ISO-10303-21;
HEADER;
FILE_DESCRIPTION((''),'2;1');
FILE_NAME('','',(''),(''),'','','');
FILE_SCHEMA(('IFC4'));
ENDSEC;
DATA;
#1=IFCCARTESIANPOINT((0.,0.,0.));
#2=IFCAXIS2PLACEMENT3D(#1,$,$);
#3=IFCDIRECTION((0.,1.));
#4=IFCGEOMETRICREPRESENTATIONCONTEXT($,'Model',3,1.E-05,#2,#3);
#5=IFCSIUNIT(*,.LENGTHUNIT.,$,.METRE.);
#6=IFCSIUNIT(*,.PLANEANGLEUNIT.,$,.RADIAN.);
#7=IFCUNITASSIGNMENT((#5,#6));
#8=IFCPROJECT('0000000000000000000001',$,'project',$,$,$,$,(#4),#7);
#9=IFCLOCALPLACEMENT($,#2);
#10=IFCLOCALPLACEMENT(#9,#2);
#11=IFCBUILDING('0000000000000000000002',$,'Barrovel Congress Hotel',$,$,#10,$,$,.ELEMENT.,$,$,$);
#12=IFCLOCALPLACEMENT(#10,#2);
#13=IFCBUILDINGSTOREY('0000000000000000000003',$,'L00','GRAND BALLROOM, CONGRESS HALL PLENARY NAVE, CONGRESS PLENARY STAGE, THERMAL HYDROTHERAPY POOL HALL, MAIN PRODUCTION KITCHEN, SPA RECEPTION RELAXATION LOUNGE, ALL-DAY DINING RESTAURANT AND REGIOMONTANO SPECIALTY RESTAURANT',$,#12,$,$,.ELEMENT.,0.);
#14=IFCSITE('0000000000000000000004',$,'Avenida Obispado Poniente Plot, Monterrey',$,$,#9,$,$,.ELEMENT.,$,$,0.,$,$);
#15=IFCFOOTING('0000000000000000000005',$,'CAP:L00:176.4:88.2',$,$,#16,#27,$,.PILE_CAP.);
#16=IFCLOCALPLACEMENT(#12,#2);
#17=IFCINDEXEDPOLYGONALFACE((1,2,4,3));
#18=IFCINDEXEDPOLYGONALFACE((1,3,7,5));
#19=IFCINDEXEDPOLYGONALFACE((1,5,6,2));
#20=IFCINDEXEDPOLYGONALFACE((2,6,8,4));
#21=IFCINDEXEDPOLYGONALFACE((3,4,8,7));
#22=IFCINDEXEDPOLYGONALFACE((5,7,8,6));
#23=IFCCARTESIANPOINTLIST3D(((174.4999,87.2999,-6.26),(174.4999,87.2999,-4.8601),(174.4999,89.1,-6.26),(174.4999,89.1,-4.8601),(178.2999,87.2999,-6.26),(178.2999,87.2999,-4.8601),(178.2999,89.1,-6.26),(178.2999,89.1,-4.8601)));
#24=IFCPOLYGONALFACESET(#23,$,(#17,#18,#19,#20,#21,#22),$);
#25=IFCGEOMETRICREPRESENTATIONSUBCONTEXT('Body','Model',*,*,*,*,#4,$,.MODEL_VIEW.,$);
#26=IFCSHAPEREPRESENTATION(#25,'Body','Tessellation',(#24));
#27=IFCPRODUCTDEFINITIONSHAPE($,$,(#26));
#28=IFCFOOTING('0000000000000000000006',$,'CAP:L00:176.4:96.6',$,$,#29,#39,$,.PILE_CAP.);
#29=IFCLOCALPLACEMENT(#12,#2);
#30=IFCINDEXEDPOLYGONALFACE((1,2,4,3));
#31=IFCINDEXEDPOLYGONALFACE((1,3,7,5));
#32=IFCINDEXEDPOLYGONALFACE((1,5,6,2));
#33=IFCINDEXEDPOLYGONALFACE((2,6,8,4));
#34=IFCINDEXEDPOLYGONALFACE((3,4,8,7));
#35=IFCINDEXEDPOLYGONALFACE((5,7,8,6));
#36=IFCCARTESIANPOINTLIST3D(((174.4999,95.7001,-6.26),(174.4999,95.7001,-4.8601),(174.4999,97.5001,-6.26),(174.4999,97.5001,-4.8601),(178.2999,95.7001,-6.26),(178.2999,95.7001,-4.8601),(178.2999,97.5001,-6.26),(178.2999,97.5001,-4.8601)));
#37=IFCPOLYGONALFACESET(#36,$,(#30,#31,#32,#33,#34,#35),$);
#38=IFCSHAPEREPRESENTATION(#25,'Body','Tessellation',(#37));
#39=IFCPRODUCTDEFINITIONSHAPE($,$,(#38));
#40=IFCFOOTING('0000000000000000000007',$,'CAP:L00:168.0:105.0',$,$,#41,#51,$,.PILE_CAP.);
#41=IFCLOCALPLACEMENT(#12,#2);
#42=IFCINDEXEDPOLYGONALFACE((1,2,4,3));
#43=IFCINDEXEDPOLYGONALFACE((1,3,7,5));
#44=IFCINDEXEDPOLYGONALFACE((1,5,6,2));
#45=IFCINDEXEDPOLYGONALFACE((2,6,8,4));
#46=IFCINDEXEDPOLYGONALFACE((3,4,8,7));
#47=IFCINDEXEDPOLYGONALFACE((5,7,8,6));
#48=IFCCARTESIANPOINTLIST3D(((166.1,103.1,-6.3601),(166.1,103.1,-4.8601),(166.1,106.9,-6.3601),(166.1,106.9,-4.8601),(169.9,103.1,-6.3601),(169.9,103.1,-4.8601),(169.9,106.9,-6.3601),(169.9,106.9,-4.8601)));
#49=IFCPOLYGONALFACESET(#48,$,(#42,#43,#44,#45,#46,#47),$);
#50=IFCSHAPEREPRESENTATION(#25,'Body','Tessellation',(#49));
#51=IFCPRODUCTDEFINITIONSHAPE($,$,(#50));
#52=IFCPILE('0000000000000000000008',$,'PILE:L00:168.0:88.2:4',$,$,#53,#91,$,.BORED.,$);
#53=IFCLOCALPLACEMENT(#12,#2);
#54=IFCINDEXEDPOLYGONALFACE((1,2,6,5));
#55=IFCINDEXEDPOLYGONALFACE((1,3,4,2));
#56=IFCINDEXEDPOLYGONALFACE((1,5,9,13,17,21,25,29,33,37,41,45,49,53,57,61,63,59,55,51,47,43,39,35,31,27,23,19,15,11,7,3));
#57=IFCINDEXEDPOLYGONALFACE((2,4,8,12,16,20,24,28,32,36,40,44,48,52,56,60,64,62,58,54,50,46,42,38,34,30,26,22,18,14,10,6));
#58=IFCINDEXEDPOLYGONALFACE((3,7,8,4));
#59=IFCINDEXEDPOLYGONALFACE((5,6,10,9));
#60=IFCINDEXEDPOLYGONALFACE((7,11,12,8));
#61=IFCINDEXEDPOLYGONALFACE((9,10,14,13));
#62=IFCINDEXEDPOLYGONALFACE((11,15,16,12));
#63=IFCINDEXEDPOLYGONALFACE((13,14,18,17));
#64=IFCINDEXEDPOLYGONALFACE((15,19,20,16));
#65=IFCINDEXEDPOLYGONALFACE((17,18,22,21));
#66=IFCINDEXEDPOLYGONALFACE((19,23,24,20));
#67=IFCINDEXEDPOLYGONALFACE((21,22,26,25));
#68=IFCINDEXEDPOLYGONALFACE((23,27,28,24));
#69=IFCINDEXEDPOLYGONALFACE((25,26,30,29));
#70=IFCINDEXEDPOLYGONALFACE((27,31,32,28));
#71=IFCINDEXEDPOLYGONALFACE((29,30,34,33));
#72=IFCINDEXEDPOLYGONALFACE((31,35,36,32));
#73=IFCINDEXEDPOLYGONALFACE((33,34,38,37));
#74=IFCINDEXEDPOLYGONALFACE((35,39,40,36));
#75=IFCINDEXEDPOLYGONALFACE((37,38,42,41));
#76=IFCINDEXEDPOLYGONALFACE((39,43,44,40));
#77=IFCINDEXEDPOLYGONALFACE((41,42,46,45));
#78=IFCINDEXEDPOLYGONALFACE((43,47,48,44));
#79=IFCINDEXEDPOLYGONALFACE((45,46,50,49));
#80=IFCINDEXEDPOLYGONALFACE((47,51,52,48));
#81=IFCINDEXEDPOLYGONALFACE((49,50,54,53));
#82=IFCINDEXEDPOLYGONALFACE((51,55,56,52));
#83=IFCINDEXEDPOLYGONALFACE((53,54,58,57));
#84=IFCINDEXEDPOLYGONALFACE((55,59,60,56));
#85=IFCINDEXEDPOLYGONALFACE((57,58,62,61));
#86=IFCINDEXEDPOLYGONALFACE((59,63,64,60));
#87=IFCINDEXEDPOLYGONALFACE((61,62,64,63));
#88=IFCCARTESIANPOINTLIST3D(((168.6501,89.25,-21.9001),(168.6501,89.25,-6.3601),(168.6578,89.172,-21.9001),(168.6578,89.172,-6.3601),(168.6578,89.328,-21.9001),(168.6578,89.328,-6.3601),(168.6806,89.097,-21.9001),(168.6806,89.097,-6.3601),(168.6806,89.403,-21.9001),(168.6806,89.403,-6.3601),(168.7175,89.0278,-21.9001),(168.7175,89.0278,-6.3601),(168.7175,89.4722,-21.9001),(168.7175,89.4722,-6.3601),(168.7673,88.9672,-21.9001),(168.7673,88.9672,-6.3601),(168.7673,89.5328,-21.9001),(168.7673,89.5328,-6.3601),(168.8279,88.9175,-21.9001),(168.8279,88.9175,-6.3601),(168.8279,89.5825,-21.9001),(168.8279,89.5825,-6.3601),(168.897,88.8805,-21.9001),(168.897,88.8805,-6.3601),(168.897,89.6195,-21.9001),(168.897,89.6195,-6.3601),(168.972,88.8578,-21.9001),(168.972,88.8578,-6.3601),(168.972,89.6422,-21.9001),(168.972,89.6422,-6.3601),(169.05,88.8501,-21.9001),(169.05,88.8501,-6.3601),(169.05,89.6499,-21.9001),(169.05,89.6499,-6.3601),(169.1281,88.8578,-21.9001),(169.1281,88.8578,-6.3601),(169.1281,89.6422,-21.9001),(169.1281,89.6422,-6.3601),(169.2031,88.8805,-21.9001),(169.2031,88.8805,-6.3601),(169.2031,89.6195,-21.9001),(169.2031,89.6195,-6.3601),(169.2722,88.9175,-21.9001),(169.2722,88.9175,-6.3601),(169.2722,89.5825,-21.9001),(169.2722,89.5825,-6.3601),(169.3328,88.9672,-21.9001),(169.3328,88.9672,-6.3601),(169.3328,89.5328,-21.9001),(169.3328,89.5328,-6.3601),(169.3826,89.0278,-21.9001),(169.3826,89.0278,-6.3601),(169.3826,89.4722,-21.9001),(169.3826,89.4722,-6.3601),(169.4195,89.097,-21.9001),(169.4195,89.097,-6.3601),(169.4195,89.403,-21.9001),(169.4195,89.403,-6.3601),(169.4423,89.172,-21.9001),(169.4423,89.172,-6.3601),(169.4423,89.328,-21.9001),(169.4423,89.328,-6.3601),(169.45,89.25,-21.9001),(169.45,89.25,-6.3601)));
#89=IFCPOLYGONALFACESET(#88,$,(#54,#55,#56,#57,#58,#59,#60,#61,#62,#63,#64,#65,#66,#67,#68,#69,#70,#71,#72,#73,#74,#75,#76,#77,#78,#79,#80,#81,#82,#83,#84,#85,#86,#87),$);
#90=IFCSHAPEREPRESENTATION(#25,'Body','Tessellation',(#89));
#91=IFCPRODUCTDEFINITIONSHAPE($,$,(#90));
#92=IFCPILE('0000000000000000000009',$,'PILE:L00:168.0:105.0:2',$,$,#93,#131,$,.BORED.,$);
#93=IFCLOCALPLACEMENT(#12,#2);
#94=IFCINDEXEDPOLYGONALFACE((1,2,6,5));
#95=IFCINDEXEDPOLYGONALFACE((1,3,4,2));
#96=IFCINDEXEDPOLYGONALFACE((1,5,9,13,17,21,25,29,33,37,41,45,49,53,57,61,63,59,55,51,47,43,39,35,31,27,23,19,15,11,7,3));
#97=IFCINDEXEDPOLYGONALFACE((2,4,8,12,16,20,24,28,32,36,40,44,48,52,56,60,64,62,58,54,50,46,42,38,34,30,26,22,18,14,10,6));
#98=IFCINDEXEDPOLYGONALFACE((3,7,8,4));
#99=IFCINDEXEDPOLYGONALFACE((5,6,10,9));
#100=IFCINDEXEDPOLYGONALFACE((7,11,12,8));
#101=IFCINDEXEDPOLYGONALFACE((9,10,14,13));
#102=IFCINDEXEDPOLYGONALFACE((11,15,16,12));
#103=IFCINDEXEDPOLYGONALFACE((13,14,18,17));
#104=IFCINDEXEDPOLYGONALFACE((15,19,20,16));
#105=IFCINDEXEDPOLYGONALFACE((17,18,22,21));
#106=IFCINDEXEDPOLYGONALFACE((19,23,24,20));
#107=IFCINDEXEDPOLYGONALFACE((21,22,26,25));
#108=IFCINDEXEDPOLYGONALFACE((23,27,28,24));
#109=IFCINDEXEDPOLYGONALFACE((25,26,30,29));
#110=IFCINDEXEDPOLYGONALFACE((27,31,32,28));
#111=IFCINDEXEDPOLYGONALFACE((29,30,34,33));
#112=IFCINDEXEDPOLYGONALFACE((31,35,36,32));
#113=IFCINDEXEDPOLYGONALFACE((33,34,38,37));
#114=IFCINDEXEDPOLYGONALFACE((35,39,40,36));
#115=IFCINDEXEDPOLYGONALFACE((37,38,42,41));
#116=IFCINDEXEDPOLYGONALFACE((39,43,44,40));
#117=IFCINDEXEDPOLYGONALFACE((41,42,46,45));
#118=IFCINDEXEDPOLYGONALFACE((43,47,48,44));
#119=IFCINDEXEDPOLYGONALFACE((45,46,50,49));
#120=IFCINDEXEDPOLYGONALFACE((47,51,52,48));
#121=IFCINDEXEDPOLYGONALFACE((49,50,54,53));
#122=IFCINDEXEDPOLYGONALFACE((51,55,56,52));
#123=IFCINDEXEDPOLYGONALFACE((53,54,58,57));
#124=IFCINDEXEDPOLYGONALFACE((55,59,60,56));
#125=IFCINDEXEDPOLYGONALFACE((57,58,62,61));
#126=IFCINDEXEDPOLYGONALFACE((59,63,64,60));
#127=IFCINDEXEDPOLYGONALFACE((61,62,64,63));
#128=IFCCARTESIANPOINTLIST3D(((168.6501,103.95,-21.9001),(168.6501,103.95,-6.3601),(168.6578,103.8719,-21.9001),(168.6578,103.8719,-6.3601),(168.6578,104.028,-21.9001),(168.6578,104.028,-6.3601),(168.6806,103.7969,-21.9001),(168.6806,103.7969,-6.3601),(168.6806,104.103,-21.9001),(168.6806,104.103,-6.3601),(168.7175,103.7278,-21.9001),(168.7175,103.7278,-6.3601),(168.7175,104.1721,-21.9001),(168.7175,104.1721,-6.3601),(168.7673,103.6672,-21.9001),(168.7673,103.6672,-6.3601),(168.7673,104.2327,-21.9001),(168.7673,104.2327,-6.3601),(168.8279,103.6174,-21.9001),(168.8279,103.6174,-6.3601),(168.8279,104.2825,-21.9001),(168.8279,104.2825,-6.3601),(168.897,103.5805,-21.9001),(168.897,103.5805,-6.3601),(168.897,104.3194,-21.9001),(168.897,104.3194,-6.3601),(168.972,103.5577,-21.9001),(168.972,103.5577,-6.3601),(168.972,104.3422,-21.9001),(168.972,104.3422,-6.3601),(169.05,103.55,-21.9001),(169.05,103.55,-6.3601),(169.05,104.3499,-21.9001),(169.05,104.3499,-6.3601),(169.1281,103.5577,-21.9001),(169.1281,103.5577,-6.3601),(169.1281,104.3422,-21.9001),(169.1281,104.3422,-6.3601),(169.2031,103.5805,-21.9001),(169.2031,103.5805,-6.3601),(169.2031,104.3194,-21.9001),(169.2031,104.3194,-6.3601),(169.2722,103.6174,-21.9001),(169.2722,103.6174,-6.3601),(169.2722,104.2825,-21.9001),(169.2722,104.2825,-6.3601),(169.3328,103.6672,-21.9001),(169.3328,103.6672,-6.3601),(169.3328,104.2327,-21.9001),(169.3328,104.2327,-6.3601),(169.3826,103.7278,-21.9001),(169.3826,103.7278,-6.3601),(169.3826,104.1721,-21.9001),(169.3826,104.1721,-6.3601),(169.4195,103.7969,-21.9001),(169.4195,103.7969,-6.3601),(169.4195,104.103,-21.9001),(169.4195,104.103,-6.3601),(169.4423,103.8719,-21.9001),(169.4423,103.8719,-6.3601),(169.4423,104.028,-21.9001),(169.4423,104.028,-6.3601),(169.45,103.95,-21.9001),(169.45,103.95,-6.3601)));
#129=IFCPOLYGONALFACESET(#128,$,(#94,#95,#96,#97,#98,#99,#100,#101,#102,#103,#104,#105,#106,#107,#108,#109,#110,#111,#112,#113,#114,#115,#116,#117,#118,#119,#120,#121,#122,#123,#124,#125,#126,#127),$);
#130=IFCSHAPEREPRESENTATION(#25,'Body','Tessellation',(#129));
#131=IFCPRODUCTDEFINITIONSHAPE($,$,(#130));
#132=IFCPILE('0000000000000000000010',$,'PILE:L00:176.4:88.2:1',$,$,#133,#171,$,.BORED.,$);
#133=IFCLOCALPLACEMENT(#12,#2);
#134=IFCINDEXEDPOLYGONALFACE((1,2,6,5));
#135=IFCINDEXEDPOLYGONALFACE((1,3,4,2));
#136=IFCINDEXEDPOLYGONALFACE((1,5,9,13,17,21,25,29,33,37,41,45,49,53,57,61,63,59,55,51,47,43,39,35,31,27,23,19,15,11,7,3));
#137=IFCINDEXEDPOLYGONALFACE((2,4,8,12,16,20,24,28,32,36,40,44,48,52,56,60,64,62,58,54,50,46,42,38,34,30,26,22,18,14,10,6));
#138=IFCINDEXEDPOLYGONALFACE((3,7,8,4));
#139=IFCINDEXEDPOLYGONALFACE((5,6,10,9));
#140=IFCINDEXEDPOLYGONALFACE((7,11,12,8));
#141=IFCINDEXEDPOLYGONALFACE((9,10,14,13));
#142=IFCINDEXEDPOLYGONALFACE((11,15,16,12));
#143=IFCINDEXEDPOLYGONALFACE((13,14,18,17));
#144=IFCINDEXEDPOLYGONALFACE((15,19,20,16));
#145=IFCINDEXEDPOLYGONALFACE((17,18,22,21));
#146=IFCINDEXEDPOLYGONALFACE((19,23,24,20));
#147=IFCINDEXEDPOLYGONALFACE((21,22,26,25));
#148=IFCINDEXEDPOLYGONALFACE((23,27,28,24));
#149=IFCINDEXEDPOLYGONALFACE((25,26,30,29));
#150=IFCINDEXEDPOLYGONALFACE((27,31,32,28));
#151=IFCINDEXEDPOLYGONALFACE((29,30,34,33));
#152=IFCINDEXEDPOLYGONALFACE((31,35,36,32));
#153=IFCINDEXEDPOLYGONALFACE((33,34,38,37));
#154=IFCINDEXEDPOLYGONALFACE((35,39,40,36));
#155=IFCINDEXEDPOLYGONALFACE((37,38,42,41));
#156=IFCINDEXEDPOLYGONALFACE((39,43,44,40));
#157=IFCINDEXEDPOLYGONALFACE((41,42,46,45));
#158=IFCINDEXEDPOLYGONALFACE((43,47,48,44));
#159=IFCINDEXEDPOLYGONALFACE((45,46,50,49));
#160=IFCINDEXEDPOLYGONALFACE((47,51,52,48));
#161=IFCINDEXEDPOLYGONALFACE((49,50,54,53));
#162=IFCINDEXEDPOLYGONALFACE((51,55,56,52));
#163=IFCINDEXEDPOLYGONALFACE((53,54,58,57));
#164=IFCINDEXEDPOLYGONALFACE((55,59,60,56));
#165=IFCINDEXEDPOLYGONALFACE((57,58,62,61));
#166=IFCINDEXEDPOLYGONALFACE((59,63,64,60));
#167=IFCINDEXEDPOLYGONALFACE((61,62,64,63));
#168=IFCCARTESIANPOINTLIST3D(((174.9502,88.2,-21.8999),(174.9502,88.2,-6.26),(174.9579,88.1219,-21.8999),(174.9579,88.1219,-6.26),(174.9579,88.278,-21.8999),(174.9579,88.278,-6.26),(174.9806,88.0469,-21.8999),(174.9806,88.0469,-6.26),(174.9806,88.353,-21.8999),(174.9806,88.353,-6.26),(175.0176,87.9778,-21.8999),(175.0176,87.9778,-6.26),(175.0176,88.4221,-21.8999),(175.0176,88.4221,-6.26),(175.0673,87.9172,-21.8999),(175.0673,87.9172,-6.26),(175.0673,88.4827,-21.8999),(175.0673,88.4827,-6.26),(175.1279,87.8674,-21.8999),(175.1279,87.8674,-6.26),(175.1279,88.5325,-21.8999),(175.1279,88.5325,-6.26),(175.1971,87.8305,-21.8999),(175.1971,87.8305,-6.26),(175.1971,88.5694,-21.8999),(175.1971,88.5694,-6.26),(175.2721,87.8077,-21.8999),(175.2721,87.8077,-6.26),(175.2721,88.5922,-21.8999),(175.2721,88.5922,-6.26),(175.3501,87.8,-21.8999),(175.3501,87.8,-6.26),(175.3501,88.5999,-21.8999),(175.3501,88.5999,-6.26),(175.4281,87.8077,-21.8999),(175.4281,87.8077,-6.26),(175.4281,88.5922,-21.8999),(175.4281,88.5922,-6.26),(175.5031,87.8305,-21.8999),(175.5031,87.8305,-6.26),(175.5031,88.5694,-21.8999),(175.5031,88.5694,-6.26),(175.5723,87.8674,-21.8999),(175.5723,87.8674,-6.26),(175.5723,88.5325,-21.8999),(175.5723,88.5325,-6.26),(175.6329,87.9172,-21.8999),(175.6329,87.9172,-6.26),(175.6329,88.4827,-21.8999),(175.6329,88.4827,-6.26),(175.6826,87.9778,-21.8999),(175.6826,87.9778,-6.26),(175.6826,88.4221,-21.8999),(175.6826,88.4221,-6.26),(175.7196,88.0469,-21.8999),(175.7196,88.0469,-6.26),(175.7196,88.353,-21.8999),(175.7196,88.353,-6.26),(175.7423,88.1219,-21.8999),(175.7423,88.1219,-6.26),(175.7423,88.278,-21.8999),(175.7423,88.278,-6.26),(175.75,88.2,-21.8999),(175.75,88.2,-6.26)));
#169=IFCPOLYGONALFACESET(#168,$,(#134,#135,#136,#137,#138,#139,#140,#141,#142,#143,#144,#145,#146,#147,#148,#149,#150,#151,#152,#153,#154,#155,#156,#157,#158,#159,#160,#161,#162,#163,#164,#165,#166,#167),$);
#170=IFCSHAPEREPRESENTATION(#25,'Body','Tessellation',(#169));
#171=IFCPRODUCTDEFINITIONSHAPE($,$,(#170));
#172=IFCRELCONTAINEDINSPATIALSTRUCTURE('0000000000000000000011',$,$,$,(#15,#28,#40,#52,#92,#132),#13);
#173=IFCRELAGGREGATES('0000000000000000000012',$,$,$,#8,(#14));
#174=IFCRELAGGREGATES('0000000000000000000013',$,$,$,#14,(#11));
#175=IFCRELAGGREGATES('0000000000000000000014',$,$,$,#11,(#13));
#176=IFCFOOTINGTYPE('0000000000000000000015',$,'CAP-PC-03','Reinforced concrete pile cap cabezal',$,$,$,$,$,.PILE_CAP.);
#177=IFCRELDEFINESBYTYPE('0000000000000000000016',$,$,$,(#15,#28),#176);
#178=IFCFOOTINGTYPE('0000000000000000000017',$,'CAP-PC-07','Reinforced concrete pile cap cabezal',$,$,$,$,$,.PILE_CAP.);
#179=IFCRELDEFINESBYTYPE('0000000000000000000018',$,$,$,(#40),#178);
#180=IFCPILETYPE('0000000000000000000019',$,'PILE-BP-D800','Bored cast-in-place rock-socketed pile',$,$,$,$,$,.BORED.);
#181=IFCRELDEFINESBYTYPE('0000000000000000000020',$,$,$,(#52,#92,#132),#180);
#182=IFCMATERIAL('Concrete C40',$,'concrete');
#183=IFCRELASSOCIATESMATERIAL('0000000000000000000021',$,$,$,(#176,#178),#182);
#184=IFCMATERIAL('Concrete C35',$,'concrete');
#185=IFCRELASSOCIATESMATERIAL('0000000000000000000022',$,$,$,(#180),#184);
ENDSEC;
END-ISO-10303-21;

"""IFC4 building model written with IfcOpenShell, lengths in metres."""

from ifc_helpers import new_model, si_unit, direction, frame, origin, origin_2d, place, context, subcontext, project, spatial, rectangle, circle, extrude, material, material_profile, profile_set, type_object, element, save


model = new_model("IFC4")

# Units and contexts
model_context = context("Model", 3, precision=1e-05, world=origin(), true_north=direction((0.0, 1.0)))
body_context = subcontext(model_context, "Body", "Model", "MODEL_VIEW")
ifc_project = project(units=[si_unit("LENGTHUNIT", "METRE"), si_unit("PLANEANGLEUNIT", "RADIAN")], contexts=[model_context])

# Site, building, storey
site_placement = place(None, origin())
site = spatial("IfcSite", under=ifc_project, at=site_placement, Name="Avenida Obispado Poniente Plot, Monterrey", CompositionType="ELEMENT", RefElevation=0.0)
building_placement = place(site_placement, origin())
building = spatial("IfcBuilding", under=site, at=building_placement, Name="Barrovel Congress Hotel", CompositionType="ELEMENT")
storey_placement = place(building_placement, origin())
storey = spatial("IfcBuildingStorey", under=building, at=storey_placement, Name="L00", Description="GRAND BALLROOM, CONGRESS HALL PLENARY NAVE, CONGRESS PLENARY STAGE, THERMAL HYDROTHERAPY POOL HALL, MAIN PRODUCTION KITCHEN, SPA RECEPTION RELAXATION LOUNGE, ALL-DAY DINING RESTAURANT AND REGIOMONTANO SPECIALTY RESTAURANT", CompositionType="ELEMENT", Elevation=0.0)

# Footings
ifc_material_1 = material(Name="Concrete C40", Category="concrete")
footing_type_1 = type_object("IfcFootingType", Name="CAP-PC-03", Description="Reinforced concrete pile cap cabezal", PredefinedType="PILE_CAP", material=ifc_material_1)
for number, where, z_axis, x_axis, name in (
    (1, (176.3999, 88.2, -6.26), (0.0, 0.0, 1.0), (1.0, 0.0, 0.0), "CAP:L00:176.4:88.2"),
    (2, (176.3999, 96.6001, -6.26), (0.0, 0.0, 1.0), (1.0, 0.0, 0.0), "CAP:L00:176.4:96.6"),
):
    element("IfcFooting", number, at=place(storey_placement, frame(where, z_axis=z_axis, x_axis=x_axis)), inside=storey, type_object=footing_type_1, Name=name, PredefinedType="PILE_CAP", context=body_context, shape_type="SweptSolid", body=[
        extrude(rectangle(XDim=3.8, YDim=1.8, at=origin_2d()), origin(), (0.0, 0.0, 1.0), 1.3999),
    ])
footing_type_2 = type_object("IfcFootingType", Name="CAP-PC-07", Description="Reinforced concrete pile cap cabezal", PredefinedType="PILE_CAP", material=ifc_material_1)
footing_placement = place(storey_placement, frame((168.0, 105.0, -6.3601), z_axis=(0.0, 0.0, 1.0), x_axis=(1.0, 0.0, 0.0)))
element("IfcFooting", 3, at=footing_placement, inside=storey, type_object=footing_type_2, Name="CAP:L00:168.0:105.0", PredefinedType="PILE_CAP", context=body_context, shape_type="SweptSolid", body=[
    extrude(rectangle(XDim=3.8, YDim=3.8, at=origin_2d()), origin(), (0.0, 0.0, 1.0), 1.5),
])

# Piles
ifc_material_2 = material(Name="Concrete C35", Category="concrete")
ifc_material_profile_1 = material_profile(ifc_material_2, circle(Radius=0.3999, at=origin_2d()), Name="BP-D800")
ifc_profile_set_1 = profile_set([ifc_material_profile_1], Name="Concrete C35")
pile_type = type_object("IfcPileType", Name="PILE-BP-D800", Description="Bored cast-in-place rock-socketed pile", PredefinedType="BORED", material=ifc_profile_set_1)
for number, where, z_axis, x_axis, name in (
    (4, (169.05, 89.25, -6.3601), (0.0, 0.0, -1.0), (1.0, 0.0, 0.0), "PILE:L00:168.0:88.2:4"),
    (5, (169.05, 103.95, -6.3601), (0.0, 0.0, -1.0), (1.0, 0.0, 0.0), "PILE:L00:168.0:105.0:2"),
):
    element("IfcPile", number, at=place(storey_placement, frame(where, z_axis=z_axis, x_axis=x_axis)), inside=storey, type_object=pile_type, Name=name, PredefinedType="BORED", context=body_context, shape_type="SweptSolid", body=[
        extrude(circle(Radius=0.3999, at=origin_2d()), origin(), (0.0, 0.0, 1.0), 15.54),
    ])
for number, where, z_axis, x_axis, name in (
    (6, (175.3501, 88.2, -6.26), (0.0, 0.0, -1.0), (1.0, 0.0, 0.0), "PILE:L00:176.4:88.2:1"),
):
    element("IfcPile", number, at=place(storey_placement, frame(where, z_axis=z_axis, x_axis=x_axis)), inside=storey, type_object=pile_type, Name=name, PredefinedType="BORED", context=body_context, shape_type="SweptSolid", body=[
        extrude(circle(Radius=0.3999, at=origin_2d()), origin(), (0.0, 0.0, 1.0), 15.6399),
    ])

save(model, "model.ifc")
